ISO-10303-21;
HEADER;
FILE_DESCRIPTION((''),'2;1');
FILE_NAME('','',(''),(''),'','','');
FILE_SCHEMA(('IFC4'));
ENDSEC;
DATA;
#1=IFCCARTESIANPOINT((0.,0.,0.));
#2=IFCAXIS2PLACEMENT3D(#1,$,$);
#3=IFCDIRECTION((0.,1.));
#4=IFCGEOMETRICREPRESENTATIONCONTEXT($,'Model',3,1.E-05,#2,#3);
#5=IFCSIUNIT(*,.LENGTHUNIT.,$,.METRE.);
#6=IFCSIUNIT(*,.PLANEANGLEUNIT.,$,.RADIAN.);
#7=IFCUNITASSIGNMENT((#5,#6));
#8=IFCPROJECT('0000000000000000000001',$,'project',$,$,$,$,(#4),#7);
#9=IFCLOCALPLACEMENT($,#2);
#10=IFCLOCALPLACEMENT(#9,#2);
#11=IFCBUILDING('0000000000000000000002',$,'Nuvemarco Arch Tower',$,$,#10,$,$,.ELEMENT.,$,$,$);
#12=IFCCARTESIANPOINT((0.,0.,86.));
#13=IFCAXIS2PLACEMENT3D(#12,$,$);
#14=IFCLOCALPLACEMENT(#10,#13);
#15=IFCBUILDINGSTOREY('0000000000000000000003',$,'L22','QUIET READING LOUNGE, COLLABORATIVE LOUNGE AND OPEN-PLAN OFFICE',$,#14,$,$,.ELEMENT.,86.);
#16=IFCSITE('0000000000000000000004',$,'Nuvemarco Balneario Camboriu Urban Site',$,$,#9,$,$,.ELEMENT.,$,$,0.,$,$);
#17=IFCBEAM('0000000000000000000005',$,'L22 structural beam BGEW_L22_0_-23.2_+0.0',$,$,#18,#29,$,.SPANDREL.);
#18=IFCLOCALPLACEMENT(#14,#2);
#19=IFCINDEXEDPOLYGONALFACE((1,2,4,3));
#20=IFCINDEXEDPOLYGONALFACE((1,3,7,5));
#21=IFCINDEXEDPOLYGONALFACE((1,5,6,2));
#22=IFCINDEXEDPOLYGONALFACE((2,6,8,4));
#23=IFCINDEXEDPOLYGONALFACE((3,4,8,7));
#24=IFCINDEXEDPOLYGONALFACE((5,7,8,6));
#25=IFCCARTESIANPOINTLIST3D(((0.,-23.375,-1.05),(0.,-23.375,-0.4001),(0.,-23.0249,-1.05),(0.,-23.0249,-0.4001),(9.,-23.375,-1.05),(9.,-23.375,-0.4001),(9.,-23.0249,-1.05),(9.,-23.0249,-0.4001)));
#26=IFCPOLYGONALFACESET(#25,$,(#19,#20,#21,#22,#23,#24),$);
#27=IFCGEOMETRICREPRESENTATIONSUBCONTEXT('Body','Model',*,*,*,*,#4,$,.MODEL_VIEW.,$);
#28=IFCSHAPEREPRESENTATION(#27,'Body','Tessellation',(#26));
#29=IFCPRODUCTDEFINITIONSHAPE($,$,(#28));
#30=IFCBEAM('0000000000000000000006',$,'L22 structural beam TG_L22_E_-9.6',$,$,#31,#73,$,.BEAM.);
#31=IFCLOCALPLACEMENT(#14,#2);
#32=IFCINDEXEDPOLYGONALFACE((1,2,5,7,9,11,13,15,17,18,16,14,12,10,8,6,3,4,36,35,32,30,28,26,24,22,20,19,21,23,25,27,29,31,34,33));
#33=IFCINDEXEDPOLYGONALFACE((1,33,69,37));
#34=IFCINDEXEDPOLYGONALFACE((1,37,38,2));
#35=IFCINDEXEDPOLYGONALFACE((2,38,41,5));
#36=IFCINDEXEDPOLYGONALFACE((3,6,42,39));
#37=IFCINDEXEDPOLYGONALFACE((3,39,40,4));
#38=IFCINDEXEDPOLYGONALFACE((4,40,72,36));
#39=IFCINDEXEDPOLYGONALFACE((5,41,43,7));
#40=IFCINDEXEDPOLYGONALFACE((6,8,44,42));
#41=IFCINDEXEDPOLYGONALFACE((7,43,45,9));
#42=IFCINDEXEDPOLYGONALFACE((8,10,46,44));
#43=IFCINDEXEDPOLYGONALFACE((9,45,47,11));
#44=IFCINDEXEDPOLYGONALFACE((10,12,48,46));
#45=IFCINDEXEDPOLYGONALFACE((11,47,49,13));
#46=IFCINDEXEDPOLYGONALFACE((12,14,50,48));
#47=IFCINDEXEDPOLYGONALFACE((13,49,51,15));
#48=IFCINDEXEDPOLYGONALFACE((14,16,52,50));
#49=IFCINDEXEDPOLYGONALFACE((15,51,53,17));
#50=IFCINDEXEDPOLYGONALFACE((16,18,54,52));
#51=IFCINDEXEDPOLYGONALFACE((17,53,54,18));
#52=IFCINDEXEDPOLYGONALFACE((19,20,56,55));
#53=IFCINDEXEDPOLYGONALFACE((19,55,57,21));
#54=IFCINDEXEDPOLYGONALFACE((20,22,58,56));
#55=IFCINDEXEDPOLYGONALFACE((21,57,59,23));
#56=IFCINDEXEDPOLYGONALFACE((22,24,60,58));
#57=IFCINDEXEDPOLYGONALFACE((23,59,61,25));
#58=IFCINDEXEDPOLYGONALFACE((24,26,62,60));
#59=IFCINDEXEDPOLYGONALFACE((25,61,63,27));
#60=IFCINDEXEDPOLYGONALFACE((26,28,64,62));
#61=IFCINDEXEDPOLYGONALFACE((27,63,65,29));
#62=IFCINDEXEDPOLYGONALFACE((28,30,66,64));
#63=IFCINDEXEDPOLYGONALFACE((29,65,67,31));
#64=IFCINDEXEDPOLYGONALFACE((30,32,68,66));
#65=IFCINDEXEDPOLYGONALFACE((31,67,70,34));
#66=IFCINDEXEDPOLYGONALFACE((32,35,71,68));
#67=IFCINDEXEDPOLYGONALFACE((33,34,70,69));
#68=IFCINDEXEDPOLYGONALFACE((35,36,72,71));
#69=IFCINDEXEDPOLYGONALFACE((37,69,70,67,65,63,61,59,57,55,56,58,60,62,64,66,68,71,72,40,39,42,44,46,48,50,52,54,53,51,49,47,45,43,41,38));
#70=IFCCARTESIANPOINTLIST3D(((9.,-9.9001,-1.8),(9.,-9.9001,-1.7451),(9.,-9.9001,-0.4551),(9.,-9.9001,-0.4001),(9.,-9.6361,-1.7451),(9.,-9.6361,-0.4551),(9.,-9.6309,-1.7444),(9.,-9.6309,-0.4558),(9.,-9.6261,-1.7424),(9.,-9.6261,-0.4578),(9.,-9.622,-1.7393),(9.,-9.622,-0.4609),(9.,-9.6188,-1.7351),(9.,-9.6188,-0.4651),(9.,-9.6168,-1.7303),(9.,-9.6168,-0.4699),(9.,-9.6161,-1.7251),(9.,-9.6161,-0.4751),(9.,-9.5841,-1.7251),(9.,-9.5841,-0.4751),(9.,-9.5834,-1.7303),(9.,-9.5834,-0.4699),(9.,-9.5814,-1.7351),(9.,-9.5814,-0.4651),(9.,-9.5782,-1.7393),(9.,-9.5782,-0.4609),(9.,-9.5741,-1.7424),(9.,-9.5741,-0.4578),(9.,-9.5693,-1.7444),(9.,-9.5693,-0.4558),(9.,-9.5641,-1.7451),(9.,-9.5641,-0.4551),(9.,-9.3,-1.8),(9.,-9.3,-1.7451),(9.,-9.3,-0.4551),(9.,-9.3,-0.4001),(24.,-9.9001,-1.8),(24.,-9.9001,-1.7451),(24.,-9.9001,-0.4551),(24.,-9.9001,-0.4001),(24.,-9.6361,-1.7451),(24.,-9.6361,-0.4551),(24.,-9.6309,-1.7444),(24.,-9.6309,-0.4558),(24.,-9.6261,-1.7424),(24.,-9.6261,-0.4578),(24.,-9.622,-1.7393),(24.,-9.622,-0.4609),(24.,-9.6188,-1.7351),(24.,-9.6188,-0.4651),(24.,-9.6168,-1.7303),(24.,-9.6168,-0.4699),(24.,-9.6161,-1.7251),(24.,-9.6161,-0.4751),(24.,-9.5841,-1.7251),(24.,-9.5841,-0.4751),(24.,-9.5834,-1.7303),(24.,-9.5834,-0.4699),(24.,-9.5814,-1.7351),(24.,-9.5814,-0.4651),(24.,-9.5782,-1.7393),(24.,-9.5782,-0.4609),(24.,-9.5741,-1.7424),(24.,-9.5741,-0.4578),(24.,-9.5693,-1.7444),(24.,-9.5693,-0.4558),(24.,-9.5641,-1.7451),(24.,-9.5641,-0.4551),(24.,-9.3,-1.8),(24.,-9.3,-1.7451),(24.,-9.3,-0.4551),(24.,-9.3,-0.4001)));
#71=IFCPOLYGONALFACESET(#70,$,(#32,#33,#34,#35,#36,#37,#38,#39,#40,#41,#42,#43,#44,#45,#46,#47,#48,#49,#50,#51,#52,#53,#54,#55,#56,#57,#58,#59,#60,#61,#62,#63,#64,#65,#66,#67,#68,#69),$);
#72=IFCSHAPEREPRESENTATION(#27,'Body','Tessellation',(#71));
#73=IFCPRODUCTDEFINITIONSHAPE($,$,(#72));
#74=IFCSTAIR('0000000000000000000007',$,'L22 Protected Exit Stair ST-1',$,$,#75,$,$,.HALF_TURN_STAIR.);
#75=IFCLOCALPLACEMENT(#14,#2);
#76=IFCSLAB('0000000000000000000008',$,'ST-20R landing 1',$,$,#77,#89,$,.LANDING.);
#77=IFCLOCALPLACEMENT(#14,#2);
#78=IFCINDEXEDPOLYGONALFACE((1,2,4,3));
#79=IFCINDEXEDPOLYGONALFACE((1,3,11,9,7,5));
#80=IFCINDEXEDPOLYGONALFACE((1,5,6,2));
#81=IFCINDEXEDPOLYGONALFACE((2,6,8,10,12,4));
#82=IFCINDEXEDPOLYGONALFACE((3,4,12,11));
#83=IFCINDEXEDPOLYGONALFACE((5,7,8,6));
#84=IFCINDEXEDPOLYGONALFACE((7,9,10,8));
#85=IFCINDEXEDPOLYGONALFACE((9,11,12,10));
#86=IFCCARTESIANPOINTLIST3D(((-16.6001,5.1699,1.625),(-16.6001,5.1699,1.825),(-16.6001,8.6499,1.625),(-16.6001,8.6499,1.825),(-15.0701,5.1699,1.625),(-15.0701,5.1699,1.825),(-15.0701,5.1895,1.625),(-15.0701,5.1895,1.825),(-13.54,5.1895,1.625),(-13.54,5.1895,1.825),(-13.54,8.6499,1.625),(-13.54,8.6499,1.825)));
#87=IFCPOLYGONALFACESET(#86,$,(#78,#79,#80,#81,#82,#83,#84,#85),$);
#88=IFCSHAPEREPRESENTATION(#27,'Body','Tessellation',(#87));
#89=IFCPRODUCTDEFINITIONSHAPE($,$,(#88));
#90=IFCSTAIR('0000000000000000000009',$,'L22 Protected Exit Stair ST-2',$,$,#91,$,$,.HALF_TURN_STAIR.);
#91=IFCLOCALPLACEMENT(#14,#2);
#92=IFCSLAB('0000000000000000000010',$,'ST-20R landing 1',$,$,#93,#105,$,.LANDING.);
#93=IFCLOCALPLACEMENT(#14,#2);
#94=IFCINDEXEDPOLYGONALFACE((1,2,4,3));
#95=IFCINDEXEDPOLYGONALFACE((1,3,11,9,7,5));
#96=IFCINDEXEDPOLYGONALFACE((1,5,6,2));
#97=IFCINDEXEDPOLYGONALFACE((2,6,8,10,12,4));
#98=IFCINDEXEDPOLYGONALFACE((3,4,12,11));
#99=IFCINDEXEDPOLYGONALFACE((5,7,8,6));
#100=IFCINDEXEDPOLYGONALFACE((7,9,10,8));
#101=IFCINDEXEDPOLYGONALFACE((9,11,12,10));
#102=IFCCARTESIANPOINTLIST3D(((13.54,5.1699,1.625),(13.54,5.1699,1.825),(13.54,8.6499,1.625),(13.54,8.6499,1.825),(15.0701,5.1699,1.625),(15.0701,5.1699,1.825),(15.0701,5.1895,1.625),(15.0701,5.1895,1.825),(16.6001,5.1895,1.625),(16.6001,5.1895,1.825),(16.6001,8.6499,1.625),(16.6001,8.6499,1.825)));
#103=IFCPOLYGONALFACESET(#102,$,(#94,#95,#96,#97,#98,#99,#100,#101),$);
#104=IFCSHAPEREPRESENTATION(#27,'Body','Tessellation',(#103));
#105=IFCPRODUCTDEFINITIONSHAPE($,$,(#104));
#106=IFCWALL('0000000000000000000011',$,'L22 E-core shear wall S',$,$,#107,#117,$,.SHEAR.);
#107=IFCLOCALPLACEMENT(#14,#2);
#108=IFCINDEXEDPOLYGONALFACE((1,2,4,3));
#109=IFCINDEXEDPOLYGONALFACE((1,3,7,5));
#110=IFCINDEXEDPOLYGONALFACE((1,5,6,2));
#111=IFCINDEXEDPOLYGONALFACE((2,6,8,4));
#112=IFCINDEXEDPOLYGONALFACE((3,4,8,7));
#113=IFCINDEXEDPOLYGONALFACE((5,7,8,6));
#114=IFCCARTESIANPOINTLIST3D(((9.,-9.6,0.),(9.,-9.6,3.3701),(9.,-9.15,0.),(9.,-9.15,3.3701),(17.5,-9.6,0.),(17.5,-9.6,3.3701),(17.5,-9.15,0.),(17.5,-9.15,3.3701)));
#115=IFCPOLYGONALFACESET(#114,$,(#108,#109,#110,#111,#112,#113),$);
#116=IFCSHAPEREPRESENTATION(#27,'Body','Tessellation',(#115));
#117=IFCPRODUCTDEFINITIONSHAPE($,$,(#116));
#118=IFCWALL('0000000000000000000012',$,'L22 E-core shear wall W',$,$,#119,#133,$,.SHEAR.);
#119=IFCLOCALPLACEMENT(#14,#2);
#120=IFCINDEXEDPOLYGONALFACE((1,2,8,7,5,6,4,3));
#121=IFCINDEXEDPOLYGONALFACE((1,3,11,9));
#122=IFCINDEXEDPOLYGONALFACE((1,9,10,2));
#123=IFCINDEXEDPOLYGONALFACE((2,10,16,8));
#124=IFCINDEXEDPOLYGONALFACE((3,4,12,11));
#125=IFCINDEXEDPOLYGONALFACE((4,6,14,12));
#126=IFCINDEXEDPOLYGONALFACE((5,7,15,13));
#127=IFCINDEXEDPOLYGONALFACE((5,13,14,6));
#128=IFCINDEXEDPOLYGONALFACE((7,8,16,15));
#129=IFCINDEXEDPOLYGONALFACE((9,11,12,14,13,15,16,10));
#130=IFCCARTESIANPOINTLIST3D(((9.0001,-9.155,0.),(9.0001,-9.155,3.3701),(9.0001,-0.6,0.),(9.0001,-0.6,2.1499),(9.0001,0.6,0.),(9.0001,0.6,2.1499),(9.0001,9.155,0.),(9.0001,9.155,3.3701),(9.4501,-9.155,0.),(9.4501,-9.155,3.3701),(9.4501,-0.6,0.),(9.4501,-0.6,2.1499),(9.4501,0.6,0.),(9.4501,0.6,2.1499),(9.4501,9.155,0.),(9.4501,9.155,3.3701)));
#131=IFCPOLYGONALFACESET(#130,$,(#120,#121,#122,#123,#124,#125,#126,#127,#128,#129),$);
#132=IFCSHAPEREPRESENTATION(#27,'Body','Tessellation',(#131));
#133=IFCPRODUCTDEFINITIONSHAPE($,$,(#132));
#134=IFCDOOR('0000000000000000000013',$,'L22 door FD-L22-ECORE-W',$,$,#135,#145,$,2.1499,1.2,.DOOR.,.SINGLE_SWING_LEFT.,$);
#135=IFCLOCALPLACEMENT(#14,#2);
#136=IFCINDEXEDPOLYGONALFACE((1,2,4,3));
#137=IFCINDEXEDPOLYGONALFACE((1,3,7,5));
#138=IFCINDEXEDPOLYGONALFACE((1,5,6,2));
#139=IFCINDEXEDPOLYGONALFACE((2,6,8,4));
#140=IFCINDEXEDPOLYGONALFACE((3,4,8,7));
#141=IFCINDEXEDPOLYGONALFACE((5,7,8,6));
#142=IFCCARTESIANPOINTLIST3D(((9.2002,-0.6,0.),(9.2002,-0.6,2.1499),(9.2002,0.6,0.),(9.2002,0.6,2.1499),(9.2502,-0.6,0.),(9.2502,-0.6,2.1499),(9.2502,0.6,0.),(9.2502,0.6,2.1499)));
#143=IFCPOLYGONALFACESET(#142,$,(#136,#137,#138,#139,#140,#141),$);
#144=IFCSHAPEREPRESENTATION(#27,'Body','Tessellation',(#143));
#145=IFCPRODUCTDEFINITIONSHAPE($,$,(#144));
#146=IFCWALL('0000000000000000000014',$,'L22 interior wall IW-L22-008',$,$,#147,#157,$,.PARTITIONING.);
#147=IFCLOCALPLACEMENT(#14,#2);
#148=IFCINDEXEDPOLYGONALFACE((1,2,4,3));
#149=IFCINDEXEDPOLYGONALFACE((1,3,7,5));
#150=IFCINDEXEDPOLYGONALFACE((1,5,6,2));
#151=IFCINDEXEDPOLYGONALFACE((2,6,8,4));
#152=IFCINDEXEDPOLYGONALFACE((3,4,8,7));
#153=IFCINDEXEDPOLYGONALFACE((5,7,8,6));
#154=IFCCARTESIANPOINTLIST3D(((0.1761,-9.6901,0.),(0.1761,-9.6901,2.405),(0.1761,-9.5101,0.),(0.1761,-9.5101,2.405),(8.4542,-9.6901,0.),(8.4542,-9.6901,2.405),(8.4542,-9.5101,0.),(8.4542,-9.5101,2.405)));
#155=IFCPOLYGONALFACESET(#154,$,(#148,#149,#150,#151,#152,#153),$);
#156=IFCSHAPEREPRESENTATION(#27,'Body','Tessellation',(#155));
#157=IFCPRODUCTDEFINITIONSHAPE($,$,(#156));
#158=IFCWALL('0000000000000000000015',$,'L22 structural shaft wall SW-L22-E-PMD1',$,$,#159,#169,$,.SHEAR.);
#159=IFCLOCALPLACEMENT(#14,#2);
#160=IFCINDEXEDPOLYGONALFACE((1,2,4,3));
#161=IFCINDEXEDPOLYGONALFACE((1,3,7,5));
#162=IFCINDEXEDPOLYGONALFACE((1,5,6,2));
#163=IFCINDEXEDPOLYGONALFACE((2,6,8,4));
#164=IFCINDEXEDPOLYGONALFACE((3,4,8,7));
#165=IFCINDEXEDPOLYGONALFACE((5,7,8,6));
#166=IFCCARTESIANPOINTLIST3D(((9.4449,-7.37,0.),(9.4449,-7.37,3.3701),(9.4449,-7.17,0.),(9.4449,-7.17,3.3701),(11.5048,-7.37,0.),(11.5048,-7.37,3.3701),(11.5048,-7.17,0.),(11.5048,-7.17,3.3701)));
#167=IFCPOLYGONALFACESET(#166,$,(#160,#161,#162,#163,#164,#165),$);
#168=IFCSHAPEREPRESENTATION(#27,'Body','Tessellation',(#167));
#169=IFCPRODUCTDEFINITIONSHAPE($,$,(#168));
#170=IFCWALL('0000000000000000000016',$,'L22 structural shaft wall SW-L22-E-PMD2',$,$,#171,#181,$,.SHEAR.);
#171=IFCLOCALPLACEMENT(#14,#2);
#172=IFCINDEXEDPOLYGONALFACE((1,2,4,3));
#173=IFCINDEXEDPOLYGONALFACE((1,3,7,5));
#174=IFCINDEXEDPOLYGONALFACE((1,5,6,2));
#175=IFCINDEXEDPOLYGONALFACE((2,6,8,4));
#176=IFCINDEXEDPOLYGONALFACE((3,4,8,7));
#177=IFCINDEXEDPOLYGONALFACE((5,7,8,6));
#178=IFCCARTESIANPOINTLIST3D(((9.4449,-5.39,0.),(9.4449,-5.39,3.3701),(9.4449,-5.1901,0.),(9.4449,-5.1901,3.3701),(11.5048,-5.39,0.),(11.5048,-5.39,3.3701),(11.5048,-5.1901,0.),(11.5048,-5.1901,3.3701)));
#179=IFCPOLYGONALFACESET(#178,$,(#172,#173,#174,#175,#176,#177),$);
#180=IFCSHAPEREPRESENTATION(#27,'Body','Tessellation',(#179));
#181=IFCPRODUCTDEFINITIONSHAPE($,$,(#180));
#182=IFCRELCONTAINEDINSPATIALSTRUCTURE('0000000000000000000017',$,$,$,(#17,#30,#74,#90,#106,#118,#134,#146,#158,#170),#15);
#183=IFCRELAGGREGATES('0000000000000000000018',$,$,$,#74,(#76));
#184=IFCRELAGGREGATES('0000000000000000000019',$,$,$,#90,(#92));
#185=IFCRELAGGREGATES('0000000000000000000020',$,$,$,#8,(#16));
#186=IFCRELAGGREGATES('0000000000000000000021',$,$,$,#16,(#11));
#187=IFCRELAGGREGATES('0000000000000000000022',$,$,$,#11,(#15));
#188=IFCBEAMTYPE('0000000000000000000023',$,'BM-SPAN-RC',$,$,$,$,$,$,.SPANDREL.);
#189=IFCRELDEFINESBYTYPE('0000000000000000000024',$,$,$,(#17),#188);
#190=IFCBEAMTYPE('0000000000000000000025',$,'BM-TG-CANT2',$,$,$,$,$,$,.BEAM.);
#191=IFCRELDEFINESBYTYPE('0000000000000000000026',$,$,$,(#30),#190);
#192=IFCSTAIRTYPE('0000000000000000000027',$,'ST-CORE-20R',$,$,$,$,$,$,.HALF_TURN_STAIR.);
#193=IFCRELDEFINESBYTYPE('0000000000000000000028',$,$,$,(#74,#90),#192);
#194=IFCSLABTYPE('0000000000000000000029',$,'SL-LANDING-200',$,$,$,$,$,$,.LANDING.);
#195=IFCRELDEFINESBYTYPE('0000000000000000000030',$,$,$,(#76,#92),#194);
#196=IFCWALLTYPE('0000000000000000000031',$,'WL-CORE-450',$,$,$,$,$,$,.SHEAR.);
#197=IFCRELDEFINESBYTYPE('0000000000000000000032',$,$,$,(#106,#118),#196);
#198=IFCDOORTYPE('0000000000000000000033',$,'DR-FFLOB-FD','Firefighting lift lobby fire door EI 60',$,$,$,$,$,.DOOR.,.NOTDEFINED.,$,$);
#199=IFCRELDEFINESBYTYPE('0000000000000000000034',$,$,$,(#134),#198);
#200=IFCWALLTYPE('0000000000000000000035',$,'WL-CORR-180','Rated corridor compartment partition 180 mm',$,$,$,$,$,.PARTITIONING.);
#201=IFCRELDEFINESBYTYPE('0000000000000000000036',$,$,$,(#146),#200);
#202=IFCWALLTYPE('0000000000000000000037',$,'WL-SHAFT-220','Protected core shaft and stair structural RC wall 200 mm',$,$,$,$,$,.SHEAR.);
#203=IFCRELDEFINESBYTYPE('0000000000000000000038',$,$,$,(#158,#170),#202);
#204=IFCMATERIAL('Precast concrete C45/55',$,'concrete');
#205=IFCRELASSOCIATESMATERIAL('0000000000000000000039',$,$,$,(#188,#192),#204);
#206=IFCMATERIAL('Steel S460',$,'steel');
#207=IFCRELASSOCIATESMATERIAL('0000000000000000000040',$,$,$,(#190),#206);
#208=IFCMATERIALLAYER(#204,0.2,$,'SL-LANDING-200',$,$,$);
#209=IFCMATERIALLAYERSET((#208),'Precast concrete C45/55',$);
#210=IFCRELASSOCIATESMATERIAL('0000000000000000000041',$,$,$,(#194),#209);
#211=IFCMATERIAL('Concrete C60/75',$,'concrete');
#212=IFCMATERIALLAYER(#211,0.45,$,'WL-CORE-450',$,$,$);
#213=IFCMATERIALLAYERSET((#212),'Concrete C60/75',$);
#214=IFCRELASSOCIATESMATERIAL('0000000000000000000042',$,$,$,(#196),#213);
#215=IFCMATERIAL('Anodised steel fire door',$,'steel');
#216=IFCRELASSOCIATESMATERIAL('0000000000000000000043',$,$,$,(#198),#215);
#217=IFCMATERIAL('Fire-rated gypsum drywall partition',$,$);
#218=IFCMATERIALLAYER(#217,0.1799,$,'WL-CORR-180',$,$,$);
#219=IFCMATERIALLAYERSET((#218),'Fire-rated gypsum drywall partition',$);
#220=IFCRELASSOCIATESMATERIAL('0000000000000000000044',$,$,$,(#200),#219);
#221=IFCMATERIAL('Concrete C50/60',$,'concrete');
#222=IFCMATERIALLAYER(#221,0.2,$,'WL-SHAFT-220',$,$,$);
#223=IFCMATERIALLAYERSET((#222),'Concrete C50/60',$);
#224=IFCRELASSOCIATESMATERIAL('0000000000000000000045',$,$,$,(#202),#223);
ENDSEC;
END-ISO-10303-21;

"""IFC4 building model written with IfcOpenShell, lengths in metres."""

from ifc_helpers import new_model, si_unit, direction, frame, frame_2d, origin, origin_2d, place, context, subcontext, project, spatial, polyline, rectangle, i_section, outline, extrude, source, transform, mapped, material, layer, layer_set, material_profile, profile_set, type_object, type_shapes, element, fill, aggregate, save


model = new_model("IFC4")

# Units and contexts
model_context = context("Model", 3, precision=1e-05, world=origin(), true_north=direction((0.0, 1.0)))
body_context = subcontext(model_context, "Body", "Model", "MODEL_VIEW")
ifc_project = project(units=[si_unit("LENGTHUNIT", "METRE"), si_unit("PLANEANGLEUNIT", "RADIAN")], contexts=[model_context])

# Site, building, storey
site_placement = place(None, origin())
site = spatial("IfcSite", under=ifc_project, at=site_placement, Name="Nuvemarco Balneario Camboriu Urban Site", CompositionType="ELEMENT", RefElevation=0.0)
building_placement = place(site_placement, origin())
building = spatial("IfcBuilding", under=site, at=building_placement, Name="Nuvemarco Arch Tower", CompositionType="ELEMENT")
storey_placement = place(building_placement, frame((0.0, 0.0, 86.0)))
storey = spatial("IfcBuildingStorey", under=building, at=storey_placement, Name="L22", Description="QUIET READING LOUNGE, COLLABORATIVE LOUNGE AND OPEN-PLAN OFFICE", CompositionType="ELEMENT", Elevation=86.0)

# Shared definitions
ifc_material_1 = material(Name="Concrete C60/75", Category="concrete")
ifc_material_2 = material(Name="Steel S460", Category="steel")

# Beams
ifc_material_3 = material(Name="Precast concrete C45/55", Category="concrete")
ifc_material_profile_1 = material_profile(ifc_material_3, rectangle(XDim=0.3501, YDim=0.6499, at=origin_2d()), Name="PC-SP-350x650")
ifc_profile_set_1 = profile_set([ifc_material_profile_1], Name="Precast concrete C45/55")
beam_type_1 = type_object("IfcBeamType", Name="BM-SPAN-RC", PredefinedType="SPANDREL", material=ifc_profile_set_1)
beam_1_placement = place(storey_placement, frame((0.0, -23.2, -0.7251), z_axis=(1.0, 0.0, 0.0), x_axis=(0.0, 1.0, 0.0)))
element("IfcBeam", 1, at=beam_1_placement, inside=storey, type_object=beam_type_1, Name="L22 structural beam BGEW_L22_0_-23.2_+0.0", PredefinedType="SPANDREL", context=body_context, shape_type="SweptSolid", body=[
    extrude(rectangle(XDim=0.3501, YDim=0.6499, at=origin_2d()), origin(), (0.0, 0.0, 1.0), 9.0),
])
ifc_material_profile_2 = material_profile(ifc_material_2, i_section(OverallWidth=0.6001, OverallDepth=1.3999, WebThickness=0.032, FlangeThickness=0.0549, FilletRadius=0.02, at=origin_2d()), Name="PG1400x600")
ifc_profile_set_2 = profile_set([ifc_material_profile_2], Name="Steel S460")
beam_type_2 = type_object("IfcBeamType", Name="BM-TG-CANT2", PredefinedType="BEAM", material=ifc_profile_set_2)
beam_2_placement = place(storey_placement, frame((9.0, -9.6001, -1.1001), z_axis=(1.0, 0.0, 0.0), x_axis=(0.0, 1.0, 0.0)))
element("IfcBeam", 2, at=beam_2_placement, inside=storey, type_object=beam_type_2, Name="L22 structural beam TG_L22_E_-9.6", PredefinedType="BEAM", context=body_context, shape_type="SweptSolid", body=[
    extrude(i_section(OverallWidth=0.6001, OverallDepth=1.3999, WebThickness=0.032, FlangeThickness=0.0549, FilletRadius=0.02, at=origin_2d()), origin(), (0.0, 0.0, 1.0), 15.0),
])

# Stairs, slabs
stair_type = type_object("IfcStairType", Name="ST-CORE-20R", PredefinedType="HALF_TURN_STAIR", material=ifc_material_3)
stair_1_placement = place(storey_placement, origin())
stair_1 = element("IfcStair", 3, at=stair_1_placement, inside=storey, type_object=stair_type, Name="L22 Protected Exit Stair ST-1", PredefinedType="HALF_TURN_STAIR")
ifc_layer_1 = layer(ifc_material_3, 0.2, Name="SL-LANDING-200")
ifc_layer_set_1 = layer_set([ifc_layer_1], Name="Precast concrete C45/55")
slab_type = type_object("IfcSlabType", Name="SL-LANDING-200", PredefinedType="LANDING", material=ifc_layer_set_1)
slab_1_placement = place(storey_placement, frame((0.0, 0.0, 1.625)))
slab_1 = element("IfcSlab", 4, at=slab_1_placement, type_object=slab_type, Name="ST-20R landing 1", PredefinedType="LANDING", context=body_context, shape_type="SweptSolid", body=[
    extrude(outline(polyline([(-13.54, 5.1895), (-13.54, 8.6499), (-16.6001, 8.6499), (-16.6001, 5.1699), (-15.0701, 5.1699), (-15.0701, 5.1895), (-13.54, 5.1895)])), origin(), (0.0, 0.0, 1.0), 0.2),
])
aggregate(stair_1, [slab_1])
stair_2_placement = place(storey_placement, origin())
stair_2 = element("IfcStair", 5, at=stair_2_placement, inside=storey, type_object=stair_type, Name="L22 Protected Exit Stair ST-2", PredefinedType="HALF_TURN_STAIR")
slab_2_placement = place(storey_placement, frame((0.0, 0.0, 1.625)))
slab_2 = element("IfcSlab", 6, at=slab_2_placement, type_object=slab_type, Name="ST-20R landing 1", PredefinedType="LANDING", context=body_context, shape_type="SweptSolid", body=[
    extrude(outline(polyline([(16.6001, 5.1895), (16.6001, 8.6499), (13.54, 8.6499), (13.54, 5.1699), (15.0701, 5.1699), (15.0701, 5.1895), (16.6001, 5.1895)])), origin(), (0.0, 0.0, 1.0), 0.2),
])
aggregate(stair_2, [slab_2])

# Wall
ifc_layer_2 = layer(ifc_material_1, 0.45, Name="WL-CORE-450")
ifc_layer_set_2 = layer_set([ifc_layer_2], Name="Concrete C60/75")
wall_type_1 = type_object("IfcWallType", Name="WL-CORE-450", PredefinedType="SHEAR", material=ifc_layer_set_2)
wall_1_placement = place(storey_placement, frame((9.0, -9.375, 0.0), z_axis=(0.0, 0.0, 1.0), x_axis=(1.0, 0.0, 0.0)))
element("IfcWall", 7, at=wall_1_placement, inside=storey, type_object=wall_type_1, Name="L22 E-core shear wall S", PredefinedType="SHEAR", context=body_context, shape_type="SweptSolid", body=[
    extrude(rectangle(XDim=8.5, YDim=0.45, at=frame_2d((4.25, 0.0))), origin(), (0.0, 0.0, 1.0), 3.3701),
])

# Wall, opening, door
wall_2_placement = place(storey_placement, frame((9.2251, -9.155, 0.0), z_axis=(0.0, 0.0, 1.0), x_axis=(0.0, 1.0, 0.0)))
wall_2 = element("IfcWall", 8, at=wall_2_placement, inside=storey, type_object=wall_type_1, Name="L22 E-core shear wall W", PredefinedType="SHEAR", context=body_context, shape_type="SweptSolid", body=[
    extrude(rectangle(XDim=18.3101, YDim=0.45, at=frame_2d((9.155, 0.0))), origin(), (0.0, 0.0, 1.0), 3.3701),
])
opening_placement = place(wall_2_placement, frame((8.5549, 0.0, 0.0)))
opening = element("IfcOpeningElement", 9, at=opening_placement, cuts=wall_2, PredefinedType="OPENING", context=body_context, shape_type="SweptSolid", body=[
    extrude(rectangle(XDim=1.2, YDim=2.1499, at=frame_2d((0.6001, 1.075))), frame((0.0, 0.2349, 0.0), z_axis=(0.0, -1.0, 0.0), x_axis=(1.0, 0.0, 0.0)), (0.0, 0.0, 1.0), 0.47),
])
ifc_material_4 = material(Name="Anodised steel fire door", Category="steel")
door_type = type_object("IfcDoorType", Name="DR-FFLOB-FD", Description="Firefighting lift lobby fire door EI 60", OperationType="NOTDEFINED", PredefinedType="DOOR", material=ifc_material_4)
shared_shape_1 = source(origin(), body_context, "Body", "SweptSolid", [
    extrude(rectangle(XDim=1.2, YDim=2.1499, at=frame_2d((0.6001, 1.075))), frame((0.0, 0.0249, 0.0), z_axis=(0.0, -1.0, 0.0), x_axis=(1.0, 0.0, 0.0)), (0.0, 0.0, 1.0), 0.05),
])
type_shapes(door_type, [shared_shape_1])
door_placement = place(opening_placement, origin())
door = element("IfcDoor", 10, at=door_placement, inside=storey, type_object=door_type, Name="L22 door FD-L22-ECORE-W", OperationType="SINGLE_SWING_LEFT", OverallHeight=2.1499, OverallWidth=1.2, PredefinedType="DOOR", context=body_context, shape_type="MappedRepresentation", body=[
    mapped(shared_shape_1, transform((0.0, 0.0, 0.0), scale=1.0)),
])
fill(opening, door)

# Walls
ifc_material_5 = material(Name="Fire-rated gypsum drywall partition")
ifc_layer_3 = layer(ifc_material_5, 0.1799, Name="WL-CORR-180")
ifc_layer_set_3 = layer_set([ifc_layer_3], Name="Fire-rated gypsum drywall partition")
wall_type_2 = type_object("IfcWallType", Name="WL-CORR-180", Description="Rated corridor compartment partition 180 mm", PredefinedType="PARTITIONING", material=ifc_layer_set_3)
wall_3_placement = place(storey_placement, frame((0.176, -9.6001, 0.0), z_axis=(0.0, 0.0, 1.0), x_axis=(1.0, 0.0, 0.0)))
element("IfcWall", 11, at=wall_3_placement, inside=storey, type_object=wall_type_2, Name="L22 interior wall IW-L22-008", PredefinedType="PARTITIONING", context=body_context, shape_type="SweptSolid", body=[
    extrude(rectangle(XDim=8.2781, YDim=0.1799, at=frame_2d((4.1392, 0.0))), origin(), (0.0, 0.0, 1.0), 2.405),
])
ifc_material_6 = material(Name="Concrete C50/60", Category="concrete")
ifc_layer_4 = layer(ifc_material_6, 0.2, Name="WL-SHAFT-220")
ifc_layer_set_4 = layer_set([ifc_layer_4], Name="Concrete C50/60")
wall_type_3 = type_object("IfcWallType", Name="WL-SHAFT-220", Description="Protected core shaft and stair structural RC wall 200 mm", PredefinedType="SHEAR", material=ifc_layer_set_4)
for number, where, z_axis, x_axis, name in (
    (12, (9.4451, -7.27, 0.0), (0.0, 0.0, 1.0), (1.0, 0.0, 0.0), "L22 structural shaft wall SW-L22-E-PMD1"),
    (13, (9.4451, -5.29, 0.0), (0.0, 0.0, 1.0), (1.0, 0.0, 0.0), "L22 structural shaft wall SW-L22-E-PMD2"),
):
    element("IfcWall", number, at=place(storey_placement, frame(where, z_axis=z_axis, x_axis=x_axis)), inside=storey, type_object=wall_type_3, Name=name, PredefinedType="SHEAR", context=body_context, shape_type="SweptSolid", body=[
        extrude(rectangle(XDim=2.0598, YDim=0.2, at=frame_2d((1.0298, 0.0))), origin(), (0.0, 0.0, 1.0), 3.3701),
    ])

save(model, "model.ifc")
